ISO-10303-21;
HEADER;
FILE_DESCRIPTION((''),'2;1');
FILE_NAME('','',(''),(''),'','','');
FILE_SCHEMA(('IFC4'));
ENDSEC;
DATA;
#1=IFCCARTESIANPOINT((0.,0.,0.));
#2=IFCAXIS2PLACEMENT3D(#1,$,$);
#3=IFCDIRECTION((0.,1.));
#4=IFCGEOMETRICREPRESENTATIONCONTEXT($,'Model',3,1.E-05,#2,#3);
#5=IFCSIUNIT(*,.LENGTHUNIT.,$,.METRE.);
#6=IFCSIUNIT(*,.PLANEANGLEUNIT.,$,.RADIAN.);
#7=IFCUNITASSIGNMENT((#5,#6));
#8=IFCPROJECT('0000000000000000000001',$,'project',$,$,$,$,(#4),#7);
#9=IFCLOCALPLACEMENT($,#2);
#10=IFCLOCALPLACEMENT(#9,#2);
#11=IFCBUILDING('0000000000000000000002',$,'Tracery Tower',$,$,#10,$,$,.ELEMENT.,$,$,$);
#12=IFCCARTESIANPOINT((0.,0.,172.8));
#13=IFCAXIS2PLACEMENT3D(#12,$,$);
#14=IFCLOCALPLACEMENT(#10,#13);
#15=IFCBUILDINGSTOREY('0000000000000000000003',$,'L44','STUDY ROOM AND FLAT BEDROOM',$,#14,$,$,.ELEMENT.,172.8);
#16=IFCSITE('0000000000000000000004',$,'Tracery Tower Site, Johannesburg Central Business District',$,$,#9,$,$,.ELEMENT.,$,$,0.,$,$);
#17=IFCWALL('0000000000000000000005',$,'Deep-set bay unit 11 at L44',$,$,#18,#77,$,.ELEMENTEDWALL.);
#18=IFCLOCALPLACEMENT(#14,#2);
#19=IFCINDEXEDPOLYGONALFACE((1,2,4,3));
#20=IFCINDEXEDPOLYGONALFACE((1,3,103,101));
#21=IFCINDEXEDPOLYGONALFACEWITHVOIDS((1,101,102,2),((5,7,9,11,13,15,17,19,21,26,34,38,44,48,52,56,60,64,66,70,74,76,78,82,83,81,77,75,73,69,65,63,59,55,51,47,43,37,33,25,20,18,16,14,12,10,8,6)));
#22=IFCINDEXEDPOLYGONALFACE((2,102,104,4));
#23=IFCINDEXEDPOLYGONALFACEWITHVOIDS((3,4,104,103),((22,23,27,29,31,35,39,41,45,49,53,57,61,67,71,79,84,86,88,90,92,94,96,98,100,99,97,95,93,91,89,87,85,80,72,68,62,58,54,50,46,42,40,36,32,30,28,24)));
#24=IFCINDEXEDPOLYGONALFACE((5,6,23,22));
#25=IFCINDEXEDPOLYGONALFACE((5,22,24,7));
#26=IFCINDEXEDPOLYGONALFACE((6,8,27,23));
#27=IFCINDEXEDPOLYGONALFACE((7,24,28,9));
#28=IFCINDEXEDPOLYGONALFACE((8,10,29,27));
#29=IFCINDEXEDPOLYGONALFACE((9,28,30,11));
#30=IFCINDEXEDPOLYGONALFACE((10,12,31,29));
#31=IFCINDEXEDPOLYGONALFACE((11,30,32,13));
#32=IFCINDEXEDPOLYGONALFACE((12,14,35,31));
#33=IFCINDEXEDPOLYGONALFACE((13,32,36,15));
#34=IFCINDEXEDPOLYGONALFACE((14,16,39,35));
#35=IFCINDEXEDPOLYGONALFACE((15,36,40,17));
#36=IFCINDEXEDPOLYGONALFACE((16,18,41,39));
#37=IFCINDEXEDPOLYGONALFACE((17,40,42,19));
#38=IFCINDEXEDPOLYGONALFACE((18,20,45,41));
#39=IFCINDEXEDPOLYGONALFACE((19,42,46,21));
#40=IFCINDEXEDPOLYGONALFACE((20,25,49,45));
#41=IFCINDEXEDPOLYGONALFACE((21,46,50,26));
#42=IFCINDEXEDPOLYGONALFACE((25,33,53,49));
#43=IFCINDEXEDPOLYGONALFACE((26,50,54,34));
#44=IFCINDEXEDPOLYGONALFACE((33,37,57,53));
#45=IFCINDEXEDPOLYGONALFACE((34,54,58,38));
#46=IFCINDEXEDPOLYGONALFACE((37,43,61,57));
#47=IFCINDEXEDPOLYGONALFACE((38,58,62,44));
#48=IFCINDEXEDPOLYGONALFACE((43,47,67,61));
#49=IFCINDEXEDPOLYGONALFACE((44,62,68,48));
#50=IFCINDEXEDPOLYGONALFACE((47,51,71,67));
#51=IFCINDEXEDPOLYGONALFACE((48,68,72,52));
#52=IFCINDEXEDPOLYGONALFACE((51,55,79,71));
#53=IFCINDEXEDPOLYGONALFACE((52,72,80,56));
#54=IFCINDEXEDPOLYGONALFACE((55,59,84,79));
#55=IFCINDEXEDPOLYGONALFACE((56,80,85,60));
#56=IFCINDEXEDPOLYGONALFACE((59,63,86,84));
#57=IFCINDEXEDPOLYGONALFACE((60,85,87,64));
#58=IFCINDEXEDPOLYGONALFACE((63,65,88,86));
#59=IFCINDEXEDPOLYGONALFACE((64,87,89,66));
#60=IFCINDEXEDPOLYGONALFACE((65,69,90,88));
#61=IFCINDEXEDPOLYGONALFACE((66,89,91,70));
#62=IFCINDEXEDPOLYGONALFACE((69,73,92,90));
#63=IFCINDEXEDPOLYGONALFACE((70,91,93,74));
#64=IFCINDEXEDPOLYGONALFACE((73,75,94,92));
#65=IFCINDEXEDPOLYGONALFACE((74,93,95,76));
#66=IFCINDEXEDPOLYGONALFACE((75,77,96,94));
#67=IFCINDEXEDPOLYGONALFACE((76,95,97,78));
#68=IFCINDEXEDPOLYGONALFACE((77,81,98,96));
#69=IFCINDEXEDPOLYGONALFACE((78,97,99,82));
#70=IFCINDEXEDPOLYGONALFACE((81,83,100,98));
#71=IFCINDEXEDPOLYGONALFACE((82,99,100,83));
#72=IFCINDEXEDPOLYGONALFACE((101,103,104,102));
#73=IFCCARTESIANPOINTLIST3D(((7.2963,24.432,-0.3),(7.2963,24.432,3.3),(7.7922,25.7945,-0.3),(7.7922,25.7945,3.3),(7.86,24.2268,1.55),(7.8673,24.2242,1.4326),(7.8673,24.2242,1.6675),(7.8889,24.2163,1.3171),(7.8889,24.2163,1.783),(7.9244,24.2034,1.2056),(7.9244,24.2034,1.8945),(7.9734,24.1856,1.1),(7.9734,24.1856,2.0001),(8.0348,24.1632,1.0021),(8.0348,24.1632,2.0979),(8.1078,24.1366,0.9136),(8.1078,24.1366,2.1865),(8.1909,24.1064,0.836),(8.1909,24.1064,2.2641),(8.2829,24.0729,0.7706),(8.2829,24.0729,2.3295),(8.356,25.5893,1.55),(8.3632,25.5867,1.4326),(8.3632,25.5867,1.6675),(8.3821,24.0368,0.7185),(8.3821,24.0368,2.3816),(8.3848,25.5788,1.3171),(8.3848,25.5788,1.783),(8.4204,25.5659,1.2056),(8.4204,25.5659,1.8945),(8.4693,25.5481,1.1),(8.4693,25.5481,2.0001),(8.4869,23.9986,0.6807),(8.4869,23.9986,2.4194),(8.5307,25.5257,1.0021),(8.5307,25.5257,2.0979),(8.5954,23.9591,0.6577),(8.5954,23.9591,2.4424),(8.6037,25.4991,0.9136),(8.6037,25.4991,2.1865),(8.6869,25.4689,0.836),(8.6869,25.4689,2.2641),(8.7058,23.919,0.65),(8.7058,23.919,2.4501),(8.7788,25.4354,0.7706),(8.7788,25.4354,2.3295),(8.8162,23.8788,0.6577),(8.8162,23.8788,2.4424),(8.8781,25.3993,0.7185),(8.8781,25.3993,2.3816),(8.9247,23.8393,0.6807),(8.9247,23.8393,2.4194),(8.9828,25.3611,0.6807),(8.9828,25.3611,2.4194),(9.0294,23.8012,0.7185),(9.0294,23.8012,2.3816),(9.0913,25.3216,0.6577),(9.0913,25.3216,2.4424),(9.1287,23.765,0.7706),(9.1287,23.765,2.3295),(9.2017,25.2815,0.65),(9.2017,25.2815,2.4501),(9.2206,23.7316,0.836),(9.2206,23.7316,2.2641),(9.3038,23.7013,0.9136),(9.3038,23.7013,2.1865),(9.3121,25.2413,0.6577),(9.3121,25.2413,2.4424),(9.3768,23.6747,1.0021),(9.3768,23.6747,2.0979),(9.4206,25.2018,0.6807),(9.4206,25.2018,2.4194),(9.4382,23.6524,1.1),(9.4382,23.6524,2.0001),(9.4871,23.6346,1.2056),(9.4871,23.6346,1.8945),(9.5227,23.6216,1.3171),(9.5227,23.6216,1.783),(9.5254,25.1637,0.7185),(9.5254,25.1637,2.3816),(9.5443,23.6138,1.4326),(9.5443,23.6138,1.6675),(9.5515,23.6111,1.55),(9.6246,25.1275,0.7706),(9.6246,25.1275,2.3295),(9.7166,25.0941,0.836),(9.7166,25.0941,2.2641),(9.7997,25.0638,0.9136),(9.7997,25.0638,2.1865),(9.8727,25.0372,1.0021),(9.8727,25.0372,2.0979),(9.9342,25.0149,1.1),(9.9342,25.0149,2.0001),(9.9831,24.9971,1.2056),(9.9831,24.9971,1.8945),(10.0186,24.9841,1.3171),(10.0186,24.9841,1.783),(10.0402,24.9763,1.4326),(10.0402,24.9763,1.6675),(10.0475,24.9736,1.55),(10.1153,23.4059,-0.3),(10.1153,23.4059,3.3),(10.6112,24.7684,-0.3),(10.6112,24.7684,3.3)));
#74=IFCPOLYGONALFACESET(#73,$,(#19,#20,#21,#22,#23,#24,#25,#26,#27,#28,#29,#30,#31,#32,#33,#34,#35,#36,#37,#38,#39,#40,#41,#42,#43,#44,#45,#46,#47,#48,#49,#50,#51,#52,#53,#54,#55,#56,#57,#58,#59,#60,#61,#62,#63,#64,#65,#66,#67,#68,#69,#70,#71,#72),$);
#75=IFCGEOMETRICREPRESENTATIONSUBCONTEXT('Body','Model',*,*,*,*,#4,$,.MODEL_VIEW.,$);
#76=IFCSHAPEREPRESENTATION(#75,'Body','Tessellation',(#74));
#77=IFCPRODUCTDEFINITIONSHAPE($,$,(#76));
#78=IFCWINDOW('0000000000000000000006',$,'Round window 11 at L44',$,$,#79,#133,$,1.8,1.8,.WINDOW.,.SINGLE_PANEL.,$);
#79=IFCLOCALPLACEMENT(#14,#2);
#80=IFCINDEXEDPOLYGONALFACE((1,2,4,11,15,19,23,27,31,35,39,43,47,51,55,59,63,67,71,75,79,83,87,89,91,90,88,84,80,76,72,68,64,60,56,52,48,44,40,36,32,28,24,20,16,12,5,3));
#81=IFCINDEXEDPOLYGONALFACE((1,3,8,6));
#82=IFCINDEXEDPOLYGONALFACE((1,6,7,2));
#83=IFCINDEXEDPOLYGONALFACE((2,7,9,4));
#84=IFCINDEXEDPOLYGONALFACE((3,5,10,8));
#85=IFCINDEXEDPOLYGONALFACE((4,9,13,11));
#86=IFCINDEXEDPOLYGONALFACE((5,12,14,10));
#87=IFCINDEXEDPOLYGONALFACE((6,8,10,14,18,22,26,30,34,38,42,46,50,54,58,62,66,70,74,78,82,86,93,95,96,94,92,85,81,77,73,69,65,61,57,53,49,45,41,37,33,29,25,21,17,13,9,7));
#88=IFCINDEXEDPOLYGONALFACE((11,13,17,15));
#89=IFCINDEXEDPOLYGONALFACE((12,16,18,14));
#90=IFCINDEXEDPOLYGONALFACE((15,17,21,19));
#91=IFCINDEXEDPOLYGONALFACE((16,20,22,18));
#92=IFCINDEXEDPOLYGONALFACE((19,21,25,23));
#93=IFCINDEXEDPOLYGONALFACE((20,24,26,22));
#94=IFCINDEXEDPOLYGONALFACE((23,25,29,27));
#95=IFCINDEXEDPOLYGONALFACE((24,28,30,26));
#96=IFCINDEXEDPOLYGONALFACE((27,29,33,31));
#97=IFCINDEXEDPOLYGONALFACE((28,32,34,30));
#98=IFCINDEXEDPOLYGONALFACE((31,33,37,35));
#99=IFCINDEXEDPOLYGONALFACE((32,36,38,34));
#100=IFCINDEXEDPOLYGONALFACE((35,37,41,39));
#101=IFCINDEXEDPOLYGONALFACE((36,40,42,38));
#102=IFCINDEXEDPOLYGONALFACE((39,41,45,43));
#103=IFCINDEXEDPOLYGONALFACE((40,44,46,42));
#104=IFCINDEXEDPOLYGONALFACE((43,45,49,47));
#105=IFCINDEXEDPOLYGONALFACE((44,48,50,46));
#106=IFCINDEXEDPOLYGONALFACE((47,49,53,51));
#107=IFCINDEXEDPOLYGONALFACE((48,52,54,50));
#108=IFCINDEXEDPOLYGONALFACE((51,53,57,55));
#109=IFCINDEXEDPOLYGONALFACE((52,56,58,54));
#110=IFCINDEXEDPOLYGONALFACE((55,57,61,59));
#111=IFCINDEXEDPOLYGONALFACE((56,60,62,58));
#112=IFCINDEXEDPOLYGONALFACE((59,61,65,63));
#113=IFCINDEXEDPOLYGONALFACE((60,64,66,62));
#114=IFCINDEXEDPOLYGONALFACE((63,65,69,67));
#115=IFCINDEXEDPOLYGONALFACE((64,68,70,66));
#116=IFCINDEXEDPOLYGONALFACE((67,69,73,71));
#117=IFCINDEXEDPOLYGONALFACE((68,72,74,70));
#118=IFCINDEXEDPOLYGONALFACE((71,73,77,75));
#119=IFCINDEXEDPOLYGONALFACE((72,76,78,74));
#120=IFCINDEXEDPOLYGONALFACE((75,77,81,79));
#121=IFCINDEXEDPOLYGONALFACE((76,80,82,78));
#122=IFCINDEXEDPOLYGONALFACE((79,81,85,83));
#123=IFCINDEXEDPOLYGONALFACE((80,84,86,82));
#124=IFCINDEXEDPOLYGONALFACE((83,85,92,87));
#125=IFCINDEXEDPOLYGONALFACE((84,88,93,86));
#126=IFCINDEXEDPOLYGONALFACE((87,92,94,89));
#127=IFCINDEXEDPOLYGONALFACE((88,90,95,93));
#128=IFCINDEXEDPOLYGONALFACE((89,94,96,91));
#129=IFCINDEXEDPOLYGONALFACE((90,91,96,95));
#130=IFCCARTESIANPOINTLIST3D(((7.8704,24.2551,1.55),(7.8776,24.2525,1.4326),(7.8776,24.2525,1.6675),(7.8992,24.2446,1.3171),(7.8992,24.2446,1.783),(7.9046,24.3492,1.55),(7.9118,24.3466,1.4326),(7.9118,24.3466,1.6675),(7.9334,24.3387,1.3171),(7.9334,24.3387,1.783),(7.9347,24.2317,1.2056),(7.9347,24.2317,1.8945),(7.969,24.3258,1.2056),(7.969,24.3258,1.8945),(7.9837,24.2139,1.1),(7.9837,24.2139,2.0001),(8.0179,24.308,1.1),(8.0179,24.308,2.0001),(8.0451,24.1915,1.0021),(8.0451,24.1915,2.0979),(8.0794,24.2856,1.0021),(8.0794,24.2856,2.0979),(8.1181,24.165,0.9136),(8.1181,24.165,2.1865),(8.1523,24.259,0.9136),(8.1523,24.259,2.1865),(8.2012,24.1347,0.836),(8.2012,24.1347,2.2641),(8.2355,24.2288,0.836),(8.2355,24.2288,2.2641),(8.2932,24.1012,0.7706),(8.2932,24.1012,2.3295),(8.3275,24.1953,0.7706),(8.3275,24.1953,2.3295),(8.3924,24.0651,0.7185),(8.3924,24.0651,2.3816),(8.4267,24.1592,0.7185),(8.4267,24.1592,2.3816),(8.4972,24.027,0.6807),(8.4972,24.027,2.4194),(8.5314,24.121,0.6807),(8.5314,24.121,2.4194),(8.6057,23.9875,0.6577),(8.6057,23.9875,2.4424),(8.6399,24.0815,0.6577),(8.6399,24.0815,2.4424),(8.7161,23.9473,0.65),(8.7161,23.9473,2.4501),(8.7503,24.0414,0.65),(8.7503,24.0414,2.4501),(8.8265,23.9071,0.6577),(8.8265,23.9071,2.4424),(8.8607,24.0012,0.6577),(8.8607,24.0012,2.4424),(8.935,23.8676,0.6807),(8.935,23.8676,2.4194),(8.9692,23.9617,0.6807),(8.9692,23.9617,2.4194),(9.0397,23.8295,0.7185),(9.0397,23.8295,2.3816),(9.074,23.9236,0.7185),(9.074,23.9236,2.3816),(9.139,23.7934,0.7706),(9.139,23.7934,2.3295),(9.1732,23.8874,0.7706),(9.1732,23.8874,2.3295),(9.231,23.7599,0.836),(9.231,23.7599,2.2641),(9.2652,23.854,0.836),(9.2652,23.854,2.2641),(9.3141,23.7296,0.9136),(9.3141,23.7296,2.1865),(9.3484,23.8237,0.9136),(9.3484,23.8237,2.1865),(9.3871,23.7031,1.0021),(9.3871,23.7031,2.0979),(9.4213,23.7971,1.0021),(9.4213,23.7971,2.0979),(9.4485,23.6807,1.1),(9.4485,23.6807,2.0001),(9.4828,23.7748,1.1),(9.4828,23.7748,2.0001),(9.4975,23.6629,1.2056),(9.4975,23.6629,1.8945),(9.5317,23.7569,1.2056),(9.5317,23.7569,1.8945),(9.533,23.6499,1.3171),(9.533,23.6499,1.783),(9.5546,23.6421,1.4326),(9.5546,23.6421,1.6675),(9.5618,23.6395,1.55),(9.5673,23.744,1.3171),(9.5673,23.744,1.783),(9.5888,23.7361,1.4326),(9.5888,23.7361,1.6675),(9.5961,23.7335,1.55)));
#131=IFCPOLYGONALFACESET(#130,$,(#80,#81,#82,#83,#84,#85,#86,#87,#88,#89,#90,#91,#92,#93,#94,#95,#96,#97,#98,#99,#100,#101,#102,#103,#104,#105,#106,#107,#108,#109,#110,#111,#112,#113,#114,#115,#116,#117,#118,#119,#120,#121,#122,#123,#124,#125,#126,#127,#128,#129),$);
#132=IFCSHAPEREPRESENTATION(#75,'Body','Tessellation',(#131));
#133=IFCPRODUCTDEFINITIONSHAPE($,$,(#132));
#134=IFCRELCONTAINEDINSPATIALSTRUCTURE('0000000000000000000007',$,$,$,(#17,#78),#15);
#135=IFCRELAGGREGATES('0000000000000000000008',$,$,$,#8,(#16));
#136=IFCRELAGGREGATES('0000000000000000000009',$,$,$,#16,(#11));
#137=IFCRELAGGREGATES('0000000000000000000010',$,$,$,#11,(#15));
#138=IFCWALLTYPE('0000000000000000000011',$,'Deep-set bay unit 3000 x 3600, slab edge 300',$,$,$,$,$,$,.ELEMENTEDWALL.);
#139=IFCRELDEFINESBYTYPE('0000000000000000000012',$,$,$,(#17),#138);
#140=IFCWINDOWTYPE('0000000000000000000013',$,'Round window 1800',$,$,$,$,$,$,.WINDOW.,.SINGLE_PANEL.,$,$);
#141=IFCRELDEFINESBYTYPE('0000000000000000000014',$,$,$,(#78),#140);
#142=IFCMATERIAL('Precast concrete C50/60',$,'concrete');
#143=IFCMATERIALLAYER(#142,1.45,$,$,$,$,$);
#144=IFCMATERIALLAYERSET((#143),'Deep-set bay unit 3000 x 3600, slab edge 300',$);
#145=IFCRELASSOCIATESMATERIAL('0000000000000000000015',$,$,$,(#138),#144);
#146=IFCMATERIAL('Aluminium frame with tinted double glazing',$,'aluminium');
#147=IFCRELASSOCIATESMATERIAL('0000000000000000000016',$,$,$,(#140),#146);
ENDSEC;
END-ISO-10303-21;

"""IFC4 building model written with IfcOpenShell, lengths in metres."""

from ifc_helpers import new_model, si_unit, direction, frame, frame_2d, origin, origin_2d, place, context, subcontext, project, spatial, rectangle, circle, extrude, material, layer, layer_set, type_object, element, fill, save


model = new_model("IFC4")

# Units and contexts
model_context = context("Model", 3, precision=1e-05, world=origin(), true_north=direction((0.0, 1.0)))
body_context = subcontext(model_context, "Body", "Model", "MODEL_VIEW")
ifc_project = project(units=[si_unit("LENGTHUNIT", "METRE"), si_unit("PLANEANGLEUNIT", "RADIAN")], contexts=[model_context])

# Site, building, storey
site_placement = place(None, origin())
site = spatial("IfcSite", under=ifc_project, at=site_placement, Name="Tracery Tower Site, Johannesburg Central Business District", CompositionType="ELEMENT", RefElevation=0.0)
building_placement = place(site_placement, origin())
building = spatial("IfcBuilding", under=site, at=building_placement, Name="Tracery Tower", CompositionType="ELEMENT")
storey_placement = place(building_placement, frame((0.0, 0.0, 172.8)))
storey = spatial("IfcBuildingStorey", under=building, at=storey_placement, Name="L44", Description="STUDY ROOM AND FLAT BEDROOM", CompositionType="ELEMENT", Elevation=172.8)

# Wall, opening, window
ifc_material_1 = material(Name="Precast concrete C50/60", Category="concrete")
ifc_layer_1 = layer(ifc_material_1, 1.45)
ifc_layer_set_1 = layer_set([ifc_layer_1], Name="Deep-set bay unit 3000 x 3600, slab edge 300")
wall_type_1 = type_object("IfcWallType", Name="Deep-set bay unit 3000 x 3600, slab edge 300", PredefinedType="ELEMENTEDWALL", material=ifc_layer_set_1)
wall_1_placement = place(storey_placement, frame((10.3633, 24.0872, -0.3), z_axis=(0.0, 0.0, 1.0), x_axis=(-0.939686, 0.342037, 0.0)))
wall_1 = element("IfcWall", 1, at=wall_1_placement, inside=storey, type_object=wall_type_1, Name="Deep-set bay unit 11 at L44", PredefinedType="ELEMENTEDWALL", context=body_context, shape_type="SweptSolid", body=[
    extrude(rectangle(XDim=3.0, YDim=1.45, at=frame_2d((1.5, 0.0))), origin(), (0.0, 0.0, 1.0), 3.6001),
])
opening_1_placement = place(wall_1_placement, frame((1.5, 0.0, 1.8501)))
opening_1 = element("IfcOpeningElement", 2, at=opening_1_placement, cuts=wall_1, PredefinedType="OPENING", context=body_context, shape_type="SweptSolid", body=[
    extrude(circle(Radius=0.9, at=origin_2d()), frame((0.0, 0.7349, 0.0), z_axis=(0.0, -1.0, 0.0), x_axis=(1.0, 0.0, 0.0)), (0.0, 0.0, 1.0), 1.47),
])
ifc_material_2 = material(Name="Aluminium frame with tinted double glazing", Category="aluminium")
window_type = type_object("IfcWindowType", Name="Round window 1800", PartitioningType="SINGLE_PANEL", PredefinedType="WINDOW", material=ifc_material_2)
window_1_placement = place(opening_1_placement, origin())
window_1 = element("IfcWindow", 3, at=window_1_placement, inside=storey, type_object=window_type, Name="Round window 11 at L44", OverallHeight=1.8, OverallWidth=1.8, PartitioningType="SINGLE_PANEL", PredefinedType="WINDOW", context=body_context, shape_type="SweptSolid", body=[
    extrude(circle(Radius=0.9, at=origin_2d()), frame((0.0, 0.6948, 0.0), z_axis=(0.0, -1.0, 0.0), x_axis=(1.0, 0.0, 0.0)), (0.0, 0.0, 1.0), 0.1001),
])
fill(opening_1, window_1)

save(model, "model.ifc")
